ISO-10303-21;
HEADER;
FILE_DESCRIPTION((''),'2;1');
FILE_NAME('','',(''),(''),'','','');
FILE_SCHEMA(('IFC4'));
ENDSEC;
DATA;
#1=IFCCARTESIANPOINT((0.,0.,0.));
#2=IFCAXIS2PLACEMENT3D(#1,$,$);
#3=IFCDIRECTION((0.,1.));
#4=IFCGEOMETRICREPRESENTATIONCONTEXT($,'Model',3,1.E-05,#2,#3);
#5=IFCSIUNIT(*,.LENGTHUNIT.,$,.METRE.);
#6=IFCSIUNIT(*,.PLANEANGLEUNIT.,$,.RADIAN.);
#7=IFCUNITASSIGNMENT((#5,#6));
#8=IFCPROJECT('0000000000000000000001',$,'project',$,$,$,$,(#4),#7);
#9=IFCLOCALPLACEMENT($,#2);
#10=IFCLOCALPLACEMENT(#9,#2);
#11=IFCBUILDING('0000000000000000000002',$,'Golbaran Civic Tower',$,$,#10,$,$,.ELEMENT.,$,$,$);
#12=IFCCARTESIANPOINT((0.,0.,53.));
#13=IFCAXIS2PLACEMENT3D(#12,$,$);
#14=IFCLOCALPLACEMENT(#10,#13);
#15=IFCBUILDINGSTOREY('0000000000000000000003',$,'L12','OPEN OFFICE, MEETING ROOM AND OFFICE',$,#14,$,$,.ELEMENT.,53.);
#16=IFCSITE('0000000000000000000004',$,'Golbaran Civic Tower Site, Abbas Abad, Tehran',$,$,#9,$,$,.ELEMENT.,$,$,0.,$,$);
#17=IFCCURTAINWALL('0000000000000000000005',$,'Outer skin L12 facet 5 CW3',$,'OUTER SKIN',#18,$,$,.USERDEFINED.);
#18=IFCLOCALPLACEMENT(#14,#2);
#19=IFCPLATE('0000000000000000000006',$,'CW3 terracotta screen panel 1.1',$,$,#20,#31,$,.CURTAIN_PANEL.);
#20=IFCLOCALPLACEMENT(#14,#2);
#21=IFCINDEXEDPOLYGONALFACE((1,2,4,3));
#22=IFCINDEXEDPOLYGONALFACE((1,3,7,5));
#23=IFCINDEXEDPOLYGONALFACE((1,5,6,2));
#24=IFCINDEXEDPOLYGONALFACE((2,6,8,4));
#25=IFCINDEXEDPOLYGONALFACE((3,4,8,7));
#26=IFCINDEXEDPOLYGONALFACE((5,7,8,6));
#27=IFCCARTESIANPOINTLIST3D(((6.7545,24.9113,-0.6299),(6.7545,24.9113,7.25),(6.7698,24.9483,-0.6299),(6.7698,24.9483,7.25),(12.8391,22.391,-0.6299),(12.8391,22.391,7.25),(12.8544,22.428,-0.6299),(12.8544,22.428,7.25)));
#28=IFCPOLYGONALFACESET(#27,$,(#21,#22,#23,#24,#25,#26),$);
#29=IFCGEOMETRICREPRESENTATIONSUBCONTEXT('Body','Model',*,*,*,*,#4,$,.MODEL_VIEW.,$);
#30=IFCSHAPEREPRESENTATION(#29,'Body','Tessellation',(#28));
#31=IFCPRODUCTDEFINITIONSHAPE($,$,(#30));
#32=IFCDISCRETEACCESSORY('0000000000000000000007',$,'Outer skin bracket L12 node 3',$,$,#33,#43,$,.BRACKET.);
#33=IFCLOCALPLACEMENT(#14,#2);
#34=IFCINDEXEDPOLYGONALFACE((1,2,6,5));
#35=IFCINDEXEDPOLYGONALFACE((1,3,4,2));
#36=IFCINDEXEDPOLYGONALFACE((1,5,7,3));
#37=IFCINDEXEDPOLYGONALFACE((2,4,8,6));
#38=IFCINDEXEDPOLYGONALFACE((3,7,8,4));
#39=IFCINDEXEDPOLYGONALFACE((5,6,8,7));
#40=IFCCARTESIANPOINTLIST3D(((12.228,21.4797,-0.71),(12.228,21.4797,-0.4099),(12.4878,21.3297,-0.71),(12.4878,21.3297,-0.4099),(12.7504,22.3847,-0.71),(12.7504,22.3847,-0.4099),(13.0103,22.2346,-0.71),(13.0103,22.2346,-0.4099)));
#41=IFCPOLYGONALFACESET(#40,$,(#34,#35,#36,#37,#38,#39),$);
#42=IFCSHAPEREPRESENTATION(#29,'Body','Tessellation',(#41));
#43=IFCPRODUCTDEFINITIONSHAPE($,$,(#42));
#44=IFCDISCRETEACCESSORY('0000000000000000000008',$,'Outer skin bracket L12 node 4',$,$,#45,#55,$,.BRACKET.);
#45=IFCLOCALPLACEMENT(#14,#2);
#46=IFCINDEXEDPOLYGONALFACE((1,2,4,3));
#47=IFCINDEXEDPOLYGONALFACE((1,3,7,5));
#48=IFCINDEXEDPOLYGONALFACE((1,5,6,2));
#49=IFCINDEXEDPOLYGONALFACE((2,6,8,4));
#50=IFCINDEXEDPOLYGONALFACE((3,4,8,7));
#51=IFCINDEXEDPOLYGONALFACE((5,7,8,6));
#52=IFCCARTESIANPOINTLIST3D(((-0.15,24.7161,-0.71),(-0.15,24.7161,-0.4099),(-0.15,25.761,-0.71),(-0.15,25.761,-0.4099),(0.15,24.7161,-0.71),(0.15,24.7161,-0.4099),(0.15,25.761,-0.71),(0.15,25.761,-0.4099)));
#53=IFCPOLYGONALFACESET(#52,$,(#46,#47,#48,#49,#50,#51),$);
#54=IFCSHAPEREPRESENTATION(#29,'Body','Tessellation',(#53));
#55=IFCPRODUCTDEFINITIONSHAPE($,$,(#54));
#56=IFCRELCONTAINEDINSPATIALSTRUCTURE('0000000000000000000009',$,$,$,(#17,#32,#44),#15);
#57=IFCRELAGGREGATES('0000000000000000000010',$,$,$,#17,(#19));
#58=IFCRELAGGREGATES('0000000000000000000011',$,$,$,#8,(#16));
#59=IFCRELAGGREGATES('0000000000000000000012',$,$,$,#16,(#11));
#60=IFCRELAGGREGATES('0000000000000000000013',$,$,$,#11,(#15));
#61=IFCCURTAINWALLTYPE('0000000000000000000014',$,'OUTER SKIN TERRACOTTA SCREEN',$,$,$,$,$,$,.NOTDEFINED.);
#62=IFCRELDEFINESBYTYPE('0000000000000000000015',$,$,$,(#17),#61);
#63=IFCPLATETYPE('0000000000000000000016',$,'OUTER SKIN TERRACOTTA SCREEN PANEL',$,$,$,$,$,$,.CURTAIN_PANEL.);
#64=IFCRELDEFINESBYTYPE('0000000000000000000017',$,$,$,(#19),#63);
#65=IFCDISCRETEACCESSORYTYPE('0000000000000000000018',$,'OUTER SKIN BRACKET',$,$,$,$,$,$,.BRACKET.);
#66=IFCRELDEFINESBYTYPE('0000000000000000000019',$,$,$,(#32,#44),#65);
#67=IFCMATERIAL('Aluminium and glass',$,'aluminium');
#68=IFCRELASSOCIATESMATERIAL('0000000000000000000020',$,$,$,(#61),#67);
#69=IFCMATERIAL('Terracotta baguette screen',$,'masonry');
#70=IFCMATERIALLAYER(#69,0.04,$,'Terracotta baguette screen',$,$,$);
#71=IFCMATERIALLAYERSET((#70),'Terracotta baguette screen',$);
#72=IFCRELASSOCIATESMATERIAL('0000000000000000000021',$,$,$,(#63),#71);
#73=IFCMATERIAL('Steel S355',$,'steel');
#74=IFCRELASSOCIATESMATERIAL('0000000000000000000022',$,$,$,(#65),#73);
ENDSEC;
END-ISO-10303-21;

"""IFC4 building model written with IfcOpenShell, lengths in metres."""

from ifc_helpers import new_model, si_unit, direction, frame, origin, origin_2d, place, context, subcontext, project, spatial, rectangle, extrude, material, layer, layer_set, type_object, element, aggregate, save


model = new_model("IFC4")

# Units and contexts
model_context = context("Model", 3, precision=1e-05, world=origin(), true_north=direction((0.0, 1.0)))
body_context = subcontext(model_context, "Body", "Model", "MODEL_VIEW")
ifc_project = project(units=[si_unit("LENGTHUNIT", "METRE"), si_unit("PLANEANGLEUNIT", "RADIAN")], contexts=[model_context])

# Site, building, storey
site_placement = place(None, origin())
site = spatial("IfcSite", under=ifc_project, at=site_placement, Name="Golbaran Civic Tower Site, Abbas Abad, Tehran", CompositionType="ELEMENT", RefElevation=0.0)
building_placement = place(site_placement, origin())
building = spatial("IfcBuilding", under=site, at=building_placement, Name="Golbaran Civic Tower", CompositionType="ELEMENT")
storey_placement = place(building_placement, frame((0.0, 0.0, 53.0)))
storey = spatial("IfcBuildingStorey", under=building, at=storey_placement, Name="L12", Description="OPEN OFFICE, MEETING ROOM AND OFFICE", CompositionType="ELEMENT", Elevation=53.0)

# Shared definitions
ifc_material_1 = material(Name="Aluminium and glass", Category="aluminium")

# Shared definitions
curtain_wall_type_1 = type_object("IfcCurtainWallType", Name="OUTER SKIN TERRACOTTA SCREEN", PredefinedType="NOTDEFINED", material=ifc_material_1)

# Curtain wall
curtain_wall_1_placement = place(storey_placement, origin())
curtain_wall_1 = element("IfcCurtainWall", 1, at=curtain_wall_1_placement, inside=storey, type_object=curtain_wall_type_1, Name="Outer skin L12 facet 5 CW3", ObjectType="OUTER SKIN", PredefinedType="USERDEFINED")

# Plate
ifc_material_2 = material(Name="Terracotta baguette screen", Category="masonry")
ifc_layer_1 = layer(ifc_material_2, 0.04, Name="Terracotta baguette screen")
ifc_layer_set_1 = layer_set([ifc_layer_1], Name="Terracotta baguette screen")
plate_type_1 = type_object("IfcPlateType", Name="OUTER SKIN TERRACOTTA SCREEN PANEL", PredefinedType="CURTAIN_PANEL", material=ifc_layer_set_1)
plate_1_placement = place(storey_placement, frame((9.8044, 23.6697, -0.6299), z_axis=(0.0, 0.0, 1.0), x_axis=(-0.92388, 0.382683, 0.0)))
plate_1 = element("IfcPlate", 2, at=plate_1_placement, type_object=plate_type_1, Name="CW3 terracotta screen panel 1.1", PredefinedType="CURTAIN_PANEL", context=body_context, shape_type="SweptSolid", body=[
    extrude(rectangle(XDim=6.5859, YDim=0.04, at=origin_2d()), origin(), (0.0, 0.0, 1.0), 7.8799),
])
aggregate(curtain_wall_1, [plate_1])

# Discrete accessories
ifc_material_3 = material(Name="Steel S355", Category="steel")
discrete_accessory_type = type_object("IfcDiscreteAccessoryType", Name="OUTER SKIN BRACKET", PredefinedType="BRACKET", material=ifc_material_3)
for number, where, z_axis, x_axis, name in (
    (3, (12.6191, 21.8572, -0.71), (0.0, 0.0, 1.0), (0.5, 0.866025, 0.0), "Outer skin bracket L12 node 3"),
    (4, (0.0, 25.2385, -0.71), (0.0, 0.0, 1.0), (0.0, 1.0, 0.0), "Outer skin bracket L12 node 4"),
):
    element("IfcDiscreteAccessory", number, at=place(storey_placement, frame(where, z_axis=z_axis, x_axis=x_axis)), inside=storey, type_object=discrete_accessory_type, Name=name, PredefinedType="BRACKET", context=body_context, shape_type="SweptSolid", body=[
        extrude(rectangle(XDim=1.0449, YDim=0.3, at=origin_2d()), origin(), (0.0, 0.0, 1.0), 0.3),
    ])

save(model, "model.ifc")
